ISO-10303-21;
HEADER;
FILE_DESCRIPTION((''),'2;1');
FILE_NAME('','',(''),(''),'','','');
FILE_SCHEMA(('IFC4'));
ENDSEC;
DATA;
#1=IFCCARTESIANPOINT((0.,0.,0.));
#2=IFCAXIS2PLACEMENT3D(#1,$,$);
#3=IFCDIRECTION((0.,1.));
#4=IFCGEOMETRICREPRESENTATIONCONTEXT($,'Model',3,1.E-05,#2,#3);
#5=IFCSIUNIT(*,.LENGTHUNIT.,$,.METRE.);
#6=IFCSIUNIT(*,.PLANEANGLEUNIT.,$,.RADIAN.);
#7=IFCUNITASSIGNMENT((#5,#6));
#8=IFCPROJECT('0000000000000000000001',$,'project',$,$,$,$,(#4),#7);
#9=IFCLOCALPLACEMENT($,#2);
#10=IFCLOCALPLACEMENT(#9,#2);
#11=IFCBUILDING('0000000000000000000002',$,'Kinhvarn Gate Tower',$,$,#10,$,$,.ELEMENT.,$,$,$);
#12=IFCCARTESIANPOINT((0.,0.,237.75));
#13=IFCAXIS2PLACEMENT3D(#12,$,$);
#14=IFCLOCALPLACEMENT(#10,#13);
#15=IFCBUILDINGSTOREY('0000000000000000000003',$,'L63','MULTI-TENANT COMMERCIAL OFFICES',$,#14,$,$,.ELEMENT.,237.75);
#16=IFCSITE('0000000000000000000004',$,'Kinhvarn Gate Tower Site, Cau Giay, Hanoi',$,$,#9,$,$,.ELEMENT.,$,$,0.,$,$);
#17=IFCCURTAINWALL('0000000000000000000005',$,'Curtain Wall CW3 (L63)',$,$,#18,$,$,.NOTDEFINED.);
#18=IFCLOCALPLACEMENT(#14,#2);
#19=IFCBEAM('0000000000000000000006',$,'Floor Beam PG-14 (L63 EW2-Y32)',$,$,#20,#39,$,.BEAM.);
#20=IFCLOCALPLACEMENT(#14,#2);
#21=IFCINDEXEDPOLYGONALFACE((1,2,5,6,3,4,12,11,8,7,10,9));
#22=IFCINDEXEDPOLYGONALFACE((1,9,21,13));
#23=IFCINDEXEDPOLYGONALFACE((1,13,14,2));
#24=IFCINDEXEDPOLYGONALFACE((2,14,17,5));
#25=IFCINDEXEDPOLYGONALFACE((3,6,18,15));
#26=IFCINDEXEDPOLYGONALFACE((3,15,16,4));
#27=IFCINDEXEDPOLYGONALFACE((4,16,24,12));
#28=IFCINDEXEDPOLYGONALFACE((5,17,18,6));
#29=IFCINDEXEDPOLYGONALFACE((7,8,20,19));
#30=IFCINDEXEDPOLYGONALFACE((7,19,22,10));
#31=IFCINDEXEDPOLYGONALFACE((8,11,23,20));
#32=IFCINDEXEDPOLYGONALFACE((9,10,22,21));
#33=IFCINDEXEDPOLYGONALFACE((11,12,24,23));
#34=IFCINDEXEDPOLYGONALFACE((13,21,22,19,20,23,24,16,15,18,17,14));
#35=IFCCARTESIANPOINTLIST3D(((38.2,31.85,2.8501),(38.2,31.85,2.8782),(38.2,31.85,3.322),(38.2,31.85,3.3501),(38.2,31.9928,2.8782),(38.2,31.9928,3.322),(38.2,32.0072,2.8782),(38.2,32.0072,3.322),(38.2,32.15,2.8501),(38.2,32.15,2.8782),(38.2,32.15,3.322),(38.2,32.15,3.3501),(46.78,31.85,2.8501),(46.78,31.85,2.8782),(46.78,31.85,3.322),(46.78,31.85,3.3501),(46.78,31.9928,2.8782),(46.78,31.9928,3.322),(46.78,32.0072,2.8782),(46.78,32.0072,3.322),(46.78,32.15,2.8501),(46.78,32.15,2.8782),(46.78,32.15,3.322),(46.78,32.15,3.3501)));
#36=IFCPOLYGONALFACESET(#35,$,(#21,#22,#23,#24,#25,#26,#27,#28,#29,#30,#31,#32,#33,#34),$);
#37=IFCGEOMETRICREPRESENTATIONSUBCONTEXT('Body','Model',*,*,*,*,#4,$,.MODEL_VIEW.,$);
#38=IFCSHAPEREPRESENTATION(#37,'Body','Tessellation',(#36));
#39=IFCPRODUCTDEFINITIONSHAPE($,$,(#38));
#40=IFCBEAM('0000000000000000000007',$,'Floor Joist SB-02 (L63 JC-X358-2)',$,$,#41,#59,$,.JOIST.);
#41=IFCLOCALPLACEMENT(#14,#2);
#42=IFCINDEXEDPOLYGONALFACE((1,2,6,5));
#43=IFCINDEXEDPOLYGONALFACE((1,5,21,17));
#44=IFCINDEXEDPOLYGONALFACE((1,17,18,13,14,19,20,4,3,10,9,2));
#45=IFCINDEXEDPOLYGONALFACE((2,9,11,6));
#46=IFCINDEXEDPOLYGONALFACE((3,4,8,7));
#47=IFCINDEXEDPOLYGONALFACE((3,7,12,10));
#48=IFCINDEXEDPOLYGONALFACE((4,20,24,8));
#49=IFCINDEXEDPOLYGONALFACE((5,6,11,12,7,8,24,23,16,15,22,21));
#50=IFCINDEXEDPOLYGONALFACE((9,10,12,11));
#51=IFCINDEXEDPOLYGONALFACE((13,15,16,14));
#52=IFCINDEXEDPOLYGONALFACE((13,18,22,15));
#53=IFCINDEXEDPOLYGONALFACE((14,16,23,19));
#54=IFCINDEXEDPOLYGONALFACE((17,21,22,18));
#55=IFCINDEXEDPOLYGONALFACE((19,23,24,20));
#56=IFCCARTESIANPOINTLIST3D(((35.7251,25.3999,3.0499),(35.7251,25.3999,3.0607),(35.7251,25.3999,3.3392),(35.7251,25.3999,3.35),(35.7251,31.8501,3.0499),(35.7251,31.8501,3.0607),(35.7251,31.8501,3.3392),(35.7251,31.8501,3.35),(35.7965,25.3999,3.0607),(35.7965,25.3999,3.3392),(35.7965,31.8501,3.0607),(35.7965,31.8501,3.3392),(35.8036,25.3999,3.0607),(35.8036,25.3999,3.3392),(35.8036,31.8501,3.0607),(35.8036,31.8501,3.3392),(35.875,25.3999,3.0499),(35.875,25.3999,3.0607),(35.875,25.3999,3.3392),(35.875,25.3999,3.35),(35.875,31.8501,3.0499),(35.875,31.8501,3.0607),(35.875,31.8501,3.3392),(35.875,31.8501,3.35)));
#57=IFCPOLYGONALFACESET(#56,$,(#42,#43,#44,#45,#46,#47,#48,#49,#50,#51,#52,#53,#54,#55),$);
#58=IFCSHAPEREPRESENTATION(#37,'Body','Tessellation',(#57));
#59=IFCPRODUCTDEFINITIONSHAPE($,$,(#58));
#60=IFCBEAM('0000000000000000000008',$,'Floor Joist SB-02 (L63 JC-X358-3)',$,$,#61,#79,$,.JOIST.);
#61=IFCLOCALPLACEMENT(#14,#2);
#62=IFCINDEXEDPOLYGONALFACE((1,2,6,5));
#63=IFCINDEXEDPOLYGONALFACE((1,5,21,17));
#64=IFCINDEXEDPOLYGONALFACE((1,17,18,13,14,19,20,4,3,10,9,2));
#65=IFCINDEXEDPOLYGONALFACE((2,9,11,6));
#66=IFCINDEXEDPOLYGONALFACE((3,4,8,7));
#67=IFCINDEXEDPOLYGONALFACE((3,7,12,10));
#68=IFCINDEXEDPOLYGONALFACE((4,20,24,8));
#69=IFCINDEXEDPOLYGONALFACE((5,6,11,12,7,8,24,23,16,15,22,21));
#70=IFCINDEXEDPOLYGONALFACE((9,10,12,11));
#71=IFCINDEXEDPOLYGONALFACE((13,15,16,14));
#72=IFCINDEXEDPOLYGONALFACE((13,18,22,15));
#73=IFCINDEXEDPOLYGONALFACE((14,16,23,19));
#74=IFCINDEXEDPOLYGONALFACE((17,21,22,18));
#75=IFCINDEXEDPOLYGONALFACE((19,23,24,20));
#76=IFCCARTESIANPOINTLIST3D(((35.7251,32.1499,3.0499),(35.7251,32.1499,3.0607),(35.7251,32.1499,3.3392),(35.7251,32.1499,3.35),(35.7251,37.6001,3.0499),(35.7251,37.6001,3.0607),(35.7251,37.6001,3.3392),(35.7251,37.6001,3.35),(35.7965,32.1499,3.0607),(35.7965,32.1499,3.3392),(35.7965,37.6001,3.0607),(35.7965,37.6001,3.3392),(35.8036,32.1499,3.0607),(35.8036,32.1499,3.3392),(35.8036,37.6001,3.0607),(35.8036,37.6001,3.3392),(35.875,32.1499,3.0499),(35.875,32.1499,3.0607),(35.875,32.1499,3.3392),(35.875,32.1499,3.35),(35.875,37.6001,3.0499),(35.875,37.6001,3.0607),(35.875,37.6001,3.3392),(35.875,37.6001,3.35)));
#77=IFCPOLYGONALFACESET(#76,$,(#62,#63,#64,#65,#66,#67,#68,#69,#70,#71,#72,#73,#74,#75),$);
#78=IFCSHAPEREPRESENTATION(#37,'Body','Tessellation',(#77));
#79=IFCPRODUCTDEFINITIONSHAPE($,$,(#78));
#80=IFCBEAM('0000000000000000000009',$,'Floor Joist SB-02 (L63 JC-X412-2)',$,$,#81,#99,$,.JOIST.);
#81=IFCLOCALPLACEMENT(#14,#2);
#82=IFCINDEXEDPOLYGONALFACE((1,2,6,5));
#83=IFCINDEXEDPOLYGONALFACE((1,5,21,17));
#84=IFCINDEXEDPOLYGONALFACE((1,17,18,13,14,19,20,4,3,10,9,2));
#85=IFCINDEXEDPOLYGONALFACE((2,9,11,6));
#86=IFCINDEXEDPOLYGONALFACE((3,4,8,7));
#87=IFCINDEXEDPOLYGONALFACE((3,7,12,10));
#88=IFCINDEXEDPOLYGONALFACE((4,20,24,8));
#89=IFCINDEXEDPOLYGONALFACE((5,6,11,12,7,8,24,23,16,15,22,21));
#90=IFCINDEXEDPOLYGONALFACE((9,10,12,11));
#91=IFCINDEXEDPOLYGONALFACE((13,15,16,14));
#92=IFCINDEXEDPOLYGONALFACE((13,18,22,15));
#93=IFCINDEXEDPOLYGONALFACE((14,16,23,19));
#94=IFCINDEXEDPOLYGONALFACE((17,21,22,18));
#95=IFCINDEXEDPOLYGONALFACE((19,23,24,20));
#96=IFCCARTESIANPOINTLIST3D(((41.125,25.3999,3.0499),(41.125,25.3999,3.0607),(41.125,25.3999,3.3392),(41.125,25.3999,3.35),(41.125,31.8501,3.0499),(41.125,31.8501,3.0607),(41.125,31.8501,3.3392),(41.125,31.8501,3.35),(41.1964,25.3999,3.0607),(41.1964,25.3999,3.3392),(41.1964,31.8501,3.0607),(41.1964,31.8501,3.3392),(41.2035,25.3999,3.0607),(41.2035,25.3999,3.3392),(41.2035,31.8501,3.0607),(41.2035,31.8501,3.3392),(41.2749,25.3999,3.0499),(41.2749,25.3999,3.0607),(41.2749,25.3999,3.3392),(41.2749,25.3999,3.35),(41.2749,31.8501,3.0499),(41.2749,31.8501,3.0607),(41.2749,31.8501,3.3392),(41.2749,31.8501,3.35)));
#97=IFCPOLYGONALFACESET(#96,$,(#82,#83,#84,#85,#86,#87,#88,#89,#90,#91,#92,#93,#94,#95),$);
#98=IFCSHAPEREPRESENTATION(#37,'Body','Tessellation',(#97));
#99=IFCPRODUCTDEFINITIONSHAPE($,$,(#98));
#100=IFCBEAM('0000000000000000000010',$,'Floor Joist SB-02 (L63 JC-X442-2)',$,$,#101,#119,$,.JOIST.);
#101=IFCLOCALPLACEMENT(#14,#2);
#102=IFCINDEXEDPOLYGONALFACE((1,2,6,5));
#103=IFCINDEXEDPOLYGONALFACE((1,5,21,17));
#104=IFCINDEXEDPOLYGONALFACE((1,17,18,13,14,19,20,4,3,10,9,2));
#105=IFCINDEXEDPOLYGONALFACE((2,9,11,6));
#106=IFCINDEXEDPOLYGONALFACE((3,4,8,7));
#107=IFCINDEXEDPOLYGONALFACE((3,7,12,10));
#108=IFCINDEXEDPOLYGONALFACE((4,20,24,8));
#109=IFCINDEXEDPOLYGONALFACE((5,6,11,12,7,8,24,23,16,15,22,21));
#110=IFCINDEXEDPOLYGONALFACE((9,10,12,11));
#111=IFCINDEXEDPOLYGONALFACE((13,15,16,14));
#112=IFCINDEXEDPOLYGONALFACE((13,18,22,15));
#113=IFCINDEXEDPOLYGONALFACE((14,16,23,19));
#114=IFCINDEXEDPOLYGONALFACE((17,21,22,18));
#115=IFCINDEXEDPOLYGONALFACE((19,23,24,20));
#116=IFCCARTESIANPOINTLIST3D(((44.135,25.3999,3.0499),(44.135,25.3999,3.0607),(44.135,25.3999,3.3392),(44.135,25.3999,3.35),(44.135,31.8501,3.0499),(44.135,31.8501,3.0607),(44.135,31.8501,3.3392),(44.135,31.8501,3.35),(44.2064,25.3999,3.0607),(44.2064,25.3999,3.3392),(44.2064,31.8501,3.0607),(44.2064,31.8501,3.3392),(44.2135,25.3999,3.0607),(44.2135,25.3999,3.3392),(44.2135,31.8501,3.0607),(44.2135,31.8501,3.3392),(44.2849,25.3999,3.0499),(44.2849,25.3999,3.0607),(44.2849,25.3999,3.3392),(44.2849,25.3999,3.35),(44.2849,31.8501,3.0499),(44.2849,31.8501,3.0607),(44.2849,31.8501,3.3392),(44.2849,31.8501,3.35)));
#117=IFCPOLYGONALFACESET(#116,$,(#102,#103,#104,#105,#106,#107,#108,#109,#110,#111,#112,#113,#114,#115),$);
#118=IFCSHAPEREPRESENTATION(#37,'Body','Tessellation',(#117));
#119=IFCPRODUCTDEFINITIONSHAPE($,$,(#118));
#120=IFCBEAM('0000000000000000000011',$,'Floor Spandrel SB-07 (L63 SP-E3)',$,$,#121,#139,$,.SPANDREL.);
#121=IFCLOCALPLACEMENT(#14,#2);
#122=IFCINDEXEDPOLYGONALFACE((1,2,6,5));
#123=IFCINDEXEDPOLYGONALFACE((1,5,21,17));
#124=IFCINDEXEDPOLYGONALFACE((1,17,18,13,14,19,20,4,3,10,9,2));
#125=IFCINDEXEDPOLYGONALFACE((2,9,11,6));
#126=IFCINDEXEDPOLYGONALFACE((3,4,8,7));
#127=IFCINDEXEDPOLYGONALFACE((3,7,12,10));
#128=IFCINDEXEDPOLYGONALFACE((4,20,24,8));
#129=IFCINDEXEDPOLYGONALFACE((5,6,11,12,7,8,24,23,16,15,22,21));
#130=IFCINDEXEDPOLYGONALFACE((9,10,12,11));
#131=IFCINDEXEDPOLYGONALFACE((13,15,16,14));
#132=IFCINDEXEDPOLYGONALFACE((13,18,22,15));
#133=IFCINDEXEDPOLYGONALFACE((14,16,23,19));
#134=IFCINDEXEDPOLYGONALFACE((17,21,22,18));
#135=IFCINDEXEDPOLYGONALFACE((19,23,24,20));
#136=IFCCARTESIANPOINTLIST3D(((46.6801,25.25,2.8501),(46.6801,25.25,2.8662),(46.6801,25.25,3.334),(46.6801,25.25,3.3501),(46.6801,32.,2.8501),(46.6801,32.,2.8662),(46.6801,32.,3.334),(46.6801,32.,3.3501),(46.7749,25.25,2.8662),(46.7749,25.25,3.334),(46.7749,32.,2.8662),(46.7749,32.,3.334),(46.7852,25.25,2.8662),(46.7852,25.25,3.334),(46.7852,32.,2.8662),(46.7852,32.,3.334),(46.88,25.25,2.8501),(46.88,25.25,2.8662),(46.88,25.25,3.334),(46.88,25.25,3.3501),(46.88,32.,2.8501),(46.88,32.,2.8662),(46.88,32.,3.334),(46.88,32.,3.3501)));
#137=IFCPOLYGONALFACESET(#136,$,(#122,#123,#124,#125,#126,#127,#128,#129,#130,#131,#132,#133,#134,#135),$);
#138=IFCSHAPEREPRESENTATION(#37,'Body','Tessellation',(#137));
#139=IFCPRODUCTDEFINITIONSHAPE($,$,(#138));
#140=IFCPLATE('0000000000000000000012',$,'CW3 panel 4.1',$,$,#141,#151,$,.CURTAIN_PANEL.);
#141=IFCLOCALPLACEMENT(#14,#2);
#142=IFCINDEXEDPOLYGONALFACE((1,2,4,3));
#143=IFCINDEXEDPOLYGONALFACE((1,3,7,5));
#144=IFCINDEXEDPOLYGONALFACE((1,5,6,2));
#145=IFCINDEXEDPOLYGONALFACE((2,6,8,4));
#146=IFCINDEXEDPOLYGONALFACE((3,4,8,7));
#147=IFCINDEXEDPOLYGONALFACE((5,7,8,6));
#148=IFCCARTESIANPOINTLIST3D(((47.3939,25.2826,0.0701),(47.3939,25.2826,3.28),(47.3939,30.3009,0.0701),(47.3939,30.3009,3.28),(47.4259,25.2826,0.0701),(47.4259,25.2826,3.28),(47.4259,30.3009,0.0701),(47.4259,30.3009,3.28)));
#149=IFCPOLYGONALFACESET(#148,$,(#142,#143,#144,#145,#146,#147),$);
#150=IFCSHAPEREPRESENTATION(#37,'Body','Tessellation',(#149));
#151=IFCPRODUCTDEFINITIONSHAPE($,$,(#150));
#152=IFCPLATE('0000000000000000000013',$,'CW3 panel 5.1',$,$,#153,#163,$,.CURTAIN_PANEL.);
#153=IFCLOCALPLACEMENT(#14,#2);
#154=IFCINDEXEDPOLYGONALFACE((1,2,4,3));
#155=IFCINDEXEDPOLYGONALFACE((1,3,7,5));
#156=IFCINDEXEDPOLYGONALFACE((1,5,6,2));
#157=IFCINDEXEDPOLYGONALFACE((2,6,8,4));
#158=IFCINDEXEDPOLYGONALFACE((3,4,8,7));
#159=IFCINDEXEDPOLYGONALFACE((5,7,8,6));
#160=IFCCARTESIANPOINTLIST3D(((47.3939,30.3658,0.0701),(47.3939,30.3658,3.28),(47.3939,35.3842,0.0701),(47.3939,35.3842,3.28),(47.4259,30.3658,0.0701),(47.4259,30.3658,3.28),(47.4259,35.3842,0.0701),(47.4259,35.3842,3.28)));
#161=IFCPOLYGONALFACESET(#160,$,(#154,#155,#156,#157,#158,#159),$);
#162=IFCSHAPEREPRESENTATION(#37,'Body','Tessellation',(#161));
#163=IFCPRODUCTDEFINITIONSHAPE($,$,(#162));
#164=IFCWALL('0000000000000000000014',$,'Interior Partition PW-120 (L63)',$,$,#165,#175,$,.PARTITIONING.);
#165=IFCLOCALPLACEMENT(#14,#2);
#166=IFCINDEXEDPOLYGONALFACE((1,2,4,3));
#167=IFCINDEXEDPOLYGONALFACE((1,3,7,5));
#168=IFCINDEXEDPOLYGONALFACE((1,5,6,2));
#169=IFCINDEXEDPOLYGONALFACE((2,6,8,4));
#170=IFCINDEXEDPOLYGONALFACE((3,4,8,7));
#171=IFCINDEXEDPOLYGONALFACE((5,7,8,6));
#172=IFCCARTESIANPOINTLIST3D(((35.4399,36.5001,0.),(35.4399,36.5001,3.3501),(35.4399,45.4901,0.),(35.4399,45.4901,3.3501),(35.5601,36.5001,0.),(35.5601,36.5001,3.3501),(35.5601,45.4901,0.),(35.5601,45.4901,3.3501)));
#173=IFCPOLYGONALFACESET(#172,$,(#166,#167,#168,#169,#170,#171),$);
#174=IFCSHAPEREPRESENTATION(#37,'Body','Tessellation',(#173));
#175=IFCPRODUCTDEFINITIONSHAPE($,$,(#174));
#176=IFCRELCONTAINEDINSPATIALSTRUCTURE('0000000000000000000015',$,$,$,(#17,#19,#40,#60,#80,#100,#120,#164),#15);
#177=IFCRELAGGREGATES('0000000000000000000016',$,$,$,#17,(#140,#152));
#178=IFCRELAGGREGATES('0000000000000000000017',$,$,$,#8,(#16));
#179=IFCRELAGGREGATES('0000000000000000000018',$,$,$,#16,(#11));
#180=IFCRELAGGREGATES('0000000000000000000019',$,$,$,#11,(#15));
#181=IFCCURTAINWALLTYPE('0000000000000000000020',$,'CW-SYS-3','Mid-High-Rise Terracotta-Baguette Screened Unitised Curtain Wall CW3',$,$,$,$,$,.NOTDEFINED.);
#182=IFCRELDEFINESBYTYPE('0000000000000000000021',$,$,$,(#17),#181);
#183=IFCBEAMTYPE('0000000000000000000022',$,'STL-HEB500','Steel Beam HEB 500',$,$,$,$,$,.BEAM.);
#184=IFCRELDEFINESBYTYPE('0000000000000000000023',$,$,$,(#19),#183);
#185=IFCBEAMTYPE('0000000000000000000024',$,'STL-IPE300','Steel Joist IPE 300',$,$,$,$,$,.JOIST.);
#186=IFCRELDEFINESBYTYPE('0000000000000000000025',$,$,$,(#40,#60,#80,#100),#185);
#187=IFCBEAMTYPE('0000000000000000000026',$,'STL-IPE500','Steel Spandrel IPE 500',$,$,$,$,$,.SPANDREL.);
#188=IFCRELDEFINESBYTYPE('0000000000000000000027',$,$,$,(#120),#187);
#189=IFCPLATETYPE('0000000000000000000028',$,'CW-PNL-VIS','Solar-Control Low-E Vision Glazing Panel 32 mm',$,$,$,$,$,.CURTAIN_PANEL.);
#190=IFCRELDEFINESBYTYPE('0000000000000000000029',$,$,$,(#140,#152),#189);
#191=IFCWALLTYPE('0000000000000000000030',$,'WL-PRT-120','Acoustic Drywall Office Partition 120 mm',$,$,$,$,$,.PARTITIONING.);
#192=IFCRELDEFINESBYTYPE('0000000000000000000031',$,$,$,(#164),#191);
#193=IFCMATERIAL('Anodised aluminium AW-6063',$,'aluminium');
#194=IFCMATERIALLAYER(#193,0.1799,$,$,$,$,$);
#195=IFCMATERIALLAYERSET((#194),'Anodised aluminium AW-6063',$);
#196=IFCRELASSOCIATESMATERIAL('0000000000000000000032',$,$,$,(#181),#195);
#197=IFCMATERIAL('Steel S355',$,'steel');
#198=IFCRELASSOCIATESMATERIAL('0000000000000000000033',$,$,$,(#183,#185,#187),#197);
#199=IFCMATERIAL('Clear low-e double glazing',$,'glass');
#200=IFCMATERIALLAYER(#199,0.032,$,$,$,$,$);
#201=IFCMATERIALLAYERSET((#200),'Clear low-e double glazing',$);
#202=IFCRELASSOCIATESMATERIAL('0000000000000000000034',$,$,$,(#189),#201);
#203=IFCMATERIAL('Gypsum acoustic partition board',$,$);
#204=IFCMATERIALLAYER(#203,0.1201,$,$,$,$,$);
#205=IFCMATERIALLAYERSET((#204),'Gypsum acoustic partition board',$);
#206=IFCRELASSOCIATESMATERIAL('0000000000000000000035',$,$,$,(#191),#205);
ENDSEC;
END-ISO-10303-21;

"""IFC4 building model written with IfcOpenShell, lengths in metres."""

from ifc_helpers import new_model, si_unit, direction, frame, frame_2d, origin, origin_2d, place, context, subcontext, project, spatial, rectangle, i_section, extrude, material, layer, layer_set, material_profile, profile_set, type_object, element, aggregate, save


model = new_model("IFC4")

# Units and contexts
model_context = context("Model", 3, precision=1e-05, world=origin(), true_north=direction((0.0, 1.0)))
body_context = subcontext(model_context, "Body", "Model", "MODEL_VIEW")
ifc_project = project(units=[si_unit("LENGTHUNIT", "METRE"), si_unit("PLANEANGLEUNIT", "RADIAN")], contexts=[model_context])

# Site, building, storey
site_placement = place(None, origin())
site = spatial("IfcSite", under=ifc_project, at=site_placement, Name="Kinhvarn Gate Tower Site, Cau Giay, Hanoi", CompositionType="ELEMENT", RefElevation=0.0)
building_placement = place(site_placement, origin())
building = spatial("IfcBuilding", under=site, at=building_placement, Name="Kinhvarn Gate Tower", CompositionType="ELEMENT")
storey_placement = place(building_placement, frame((0.0, 0.0, 237.75)))
storey = spatial("IfcBuildingStorey", under=building, at=storey_placement, Name="L63", Description="MULTI-TENANT COMMERCIAL OFFICES", CompositionType="ELEMENT", Elevation=237.75)

# Curtain wall
ifc_material_1 = material(Name="Anodised aluminium AW-6063", Category="aluminium")
ifc_layer_1 = layer(ifc_material_1, 0.1799)
ifc_layer_set_1 = layer_set([ifc_layer_1], Name="Anodised aluminium AW-6063")
curtain_wall_type = type_object("IfcCurtainWallType", Name="CW-SYS-3", Description="Mid-High-Rise Terracotta-Baguette Screened Unitised Curtain Wall CW3", PredefinedType="NOTDEFINED", material=ifc_layer_set_1)
curtain_wall_placement = place(storey_placement, origin())
curtain_wall = element("IfcCurtainWall", 1, at=curtain_wall_placement, inside=storey, type_object=curtain_wall_type, Name="Curtain Wall CW3 (L63)", PredefinedType="NOTDEFINED")

# Beams
ifc_material_2 = material(Name="Steel S355", Category="steel")
ifc_material_profile_1 = material_profile(ifc_material_2, i_section(OverallWidth=0.3, OverallDepth=0.5, WebThickness=0.0144, FlangeThickness=0.0281, at=origin_2d()), Name="HEB 500")
ifc_profile_set_1 = profile_set([ifc_material_profile_1], Name="Steel S355")
beam_type_1 = type_object("IfcBeamType", Name="STL-HEB500", Description="Steel Beam HEB 500", PredefinedType="BEAM", material=ifc_profile_set_1)
beam_1_placement = place(storey_placement, frame((38.2, 32.0, 3.1001), z_axis=(1.0, 0.0, 0.0), x_axis=(0.0, 1.0, 0.0)))
element("IfcBeam", 2, at=beam_1_placement, inside=storey, type_object=beam_type_1, Name="Floor Beam PG-14 (L63 EW2-Y32)", PredefinedType="BEAM", context=body_context, shape_type="SweptSolid", body=[
    extrude(i_section(OverallWidth=0.3, OverallDepth=0.5, WebThickness=0.0144, FlangeThickness=0.0281, at=origin_2d()), origin(), (0.0, 0.0, 1.0), 8.5801),
])
ifc_material_profile_2 = material_profile(ifc_material_2, i_section(OverallWidth=0.1499, OverallDepth=0.3, WebThickness=0.0071, FlangeThickness=0.0107, at=origin_2d()), Name="IPE 300")
ifc_profile_set_2 = profile_set([ifc_material_profile_2], Name="Steel S355")
beam_type_2 = type_object("IfcBeamType", Name="STL-IPE300", Description="Steel Joist IPE 300", PredefinedType="JOIST", material=ifc_profile_set_2)
beam_2_placement = place(storey_placement, frame((35.8, 25.3999, 3.2), z_axis=(0.0, 1.0, 0.0), x_axis=(-1.0, 0.0, 0.0)))
element("IfcBeam", 3, at=beam_2_placement, inside=storey, type_object=beam_type_2, Name="Floor Joist SB-02 (L63 JC-X358-2)", PredefinedType="JOIST", context=body_context, shape_type="SweptSolid", body=[
    extrude(i_section(OverallWidth=0.1499, OverallDepth=0.3, WebThickness=0.0071, FlangeThickness=0.0107, at=origin_2d()), origin(), (0.0, 0.0, 1.0), 6.4502),
])
beam_3_placement = place(storey_placement, frame((35.8, 32.1499, 3.2), z_axis=(0.0, 1.0, 0.0), x_axis=(-1.0, 0.0, 0.0)))
element("IfcBeam", 4, at=beam_3_placement, inside=storey, type_object=beam_type_2, Name="Floor Joist SB-02 (L63 JC-X358-3)", PredefinedType="JOIST", context=body_context, shape_type="SweptSolid", body=[
    extrude(i_section(OverallWidth=0.1499, OverallDepth=0.3, WebThickness=0.0071, FlangeThickness=0.0107, at=origin_2d()), origin(), (0.0, 0.0, 1.0), 5.4502),
])
for number, where, z_axis, x_axis, name in (
    (5, (41.2, 25.3999, 3.2), (0.0, 1.0, 0.0), (-1.0, 0.0, 0.0), "Floor Joist SB-02 (L63 JC-X412-2)"),
    (6, (44.21, 25.3999, 3.2), (0.0, 1.0, 0.0), (-1.0, 0.0, 0.0), "Floor Joist SB-02 (L63 JC-X442-2)"),
):
    element("IfcBeam", number, at=place(storey_placement, frame(where, z_axis=z_axis, x_axis=x_axis)), inside=storey, type_object=beam_type_2, Name=name, PredefinedType="JOIST", context=body_context, shape_type="SweptSolid", body=[
        extrude(i_section(OverallWidth=0.1499, OverallDepth=0.3, WebThickness=0.0071, FlangeThickness=0.0107, at=origin_2d()), origin(), (0.0, 0.0, 1.0), 6.4502),
    ])
ifc_material_profile_3 = material_profile(ifc_material_2, i_section(OverallWidth=0.2, OverallDepth=0.5, WebThickness=0.0103, FlangeThickness=0.0161, at=origin_2d()), Name="IPE 500")
ifc_profile_set_3 = profile_set([ifc_material_profile_3], Name="Steel S355")
beam_type_3 = type_object("IfcBeamType", Name="STL-IPE500", Description="Steel Spandrel IPE 500", PredefinedType="SPANDREL", material=ifc_profile_set_3)
beam_4_placement = place(storey_placement, frame((46.78, 25.25, 3.1001), z_axis=(0.0, 1.0, 0.0), x_axis=(-1.0, 0.0, 0.0)))
element("IfcBeam", 7, at=beam_4_placement, inside=storey, type_object=beam_type_3, Name="Floor Spandrel SB-07 (L63 SP-E3)", PredefinedType="SPANDREL", context=body_context, shape_type="SweptSolid", body=[
    extrude(i_section(OverallWidth=0.2, OverallDepth=0.5, WebThickness=0.0103, FlangeThickness=0.0161, at=origin_2d()), origin(), (0.0, 0.0, 1.0), 6.75),
])

# Plates
ifc_material_3 = material(Name="Clear low-e double glazing", Category="glass")
ifc_layer_2 = layer(ifc_material_3, 0.032)
ifc_layer_set_2 = layer_set([ifc_layer_2], Name="Clear low-e double glazing")
plate_type = type_object("IfcPlateType", Name="CW-PNL-VIS", Description="Solar-Control Low-E Vision Glazing Panel 32 mm", PredefinedType="CURTAIN_PANEL", material=ifc_layer_set_2)
plate_1_placement = place(storey_placement, frame((47.4099, 27.7917, 0.0701), z_axis=(0.0, 0.0, 1.0), x_axis=(0.0, 1.0, 0.0)))
plate_1 = element("IfcPlate", 8, at=plate_1_placement, type_object=plate_type, Name="CW3 panel 4.1", PredefinedType="CURTAIN_PANEL", context=body_context, shape_type="SweptSolid", body=[
    extrude(rectangle(XDim=5.0183, YDim=0.032, at=origin_2d()), origin(), (0.0, 0.0, 1.0), 3.21),
])
plate_2_placement = place(storey_placement, frame((47.4099, 32.875, 0.0701), z_axis=(0.0, 0.0, 1.0), x_axis=(0.0, 1.0, 0.0)))
plate_2 = element("IfcPlate", 9, at=plate_2_placement, type_object=plate_type, Name="CW3 panel 5.1", PredefinedType="CURTAIN_PANEL", context=body_context, shape_type="SweptSolid", body=[
    extrude(rectangle(XDim=5.0183, YDim=0.032, at=origin_2d()), origin(), (0.0, 0.0, 1.0), 3.21),
])
aggregate(curtain_wall, [plate_1, plate_2])

# Wall
ifc_material_4 = material(Name="Gypsum acoustic partition board")
ifc_layer_3 = layer(ifc_material_4, 0.1201)
ifc_layer_set_3 = layer_set([ifc_layer_3], Name="Gypsum acoustic partition board")
wall_type = type_object("IfcWallType", Name="WL-PRT-120", Description="Acoustic Drywall Office Partition 120 mm", PredefinedType="PARTITIONING", material=ifc_layer_set_3)
wall_placement = place(storey_placement, frame((35.5, 36.5, 0.0), z_axis=(0.0, 0.0, 1.0), x_axis=(0.0, 1.0, 0.0)))
element("IfcWall", 10, at=wall_placement, inside=storey, type_object=wall_type, Name="Interior Partition PW-120 (L63)", PredefinedType="PARTITIONING", context=body_context, shape_type="SweptSolid", body=[
    extrude(rectangle(XDim=8.99, YDim=0.1201, at=frame_2d((4.4951, 0.0))), origin(), (0.0, 0.0, 1.0), 3.3501),
])

save(model, "model.ifc")
